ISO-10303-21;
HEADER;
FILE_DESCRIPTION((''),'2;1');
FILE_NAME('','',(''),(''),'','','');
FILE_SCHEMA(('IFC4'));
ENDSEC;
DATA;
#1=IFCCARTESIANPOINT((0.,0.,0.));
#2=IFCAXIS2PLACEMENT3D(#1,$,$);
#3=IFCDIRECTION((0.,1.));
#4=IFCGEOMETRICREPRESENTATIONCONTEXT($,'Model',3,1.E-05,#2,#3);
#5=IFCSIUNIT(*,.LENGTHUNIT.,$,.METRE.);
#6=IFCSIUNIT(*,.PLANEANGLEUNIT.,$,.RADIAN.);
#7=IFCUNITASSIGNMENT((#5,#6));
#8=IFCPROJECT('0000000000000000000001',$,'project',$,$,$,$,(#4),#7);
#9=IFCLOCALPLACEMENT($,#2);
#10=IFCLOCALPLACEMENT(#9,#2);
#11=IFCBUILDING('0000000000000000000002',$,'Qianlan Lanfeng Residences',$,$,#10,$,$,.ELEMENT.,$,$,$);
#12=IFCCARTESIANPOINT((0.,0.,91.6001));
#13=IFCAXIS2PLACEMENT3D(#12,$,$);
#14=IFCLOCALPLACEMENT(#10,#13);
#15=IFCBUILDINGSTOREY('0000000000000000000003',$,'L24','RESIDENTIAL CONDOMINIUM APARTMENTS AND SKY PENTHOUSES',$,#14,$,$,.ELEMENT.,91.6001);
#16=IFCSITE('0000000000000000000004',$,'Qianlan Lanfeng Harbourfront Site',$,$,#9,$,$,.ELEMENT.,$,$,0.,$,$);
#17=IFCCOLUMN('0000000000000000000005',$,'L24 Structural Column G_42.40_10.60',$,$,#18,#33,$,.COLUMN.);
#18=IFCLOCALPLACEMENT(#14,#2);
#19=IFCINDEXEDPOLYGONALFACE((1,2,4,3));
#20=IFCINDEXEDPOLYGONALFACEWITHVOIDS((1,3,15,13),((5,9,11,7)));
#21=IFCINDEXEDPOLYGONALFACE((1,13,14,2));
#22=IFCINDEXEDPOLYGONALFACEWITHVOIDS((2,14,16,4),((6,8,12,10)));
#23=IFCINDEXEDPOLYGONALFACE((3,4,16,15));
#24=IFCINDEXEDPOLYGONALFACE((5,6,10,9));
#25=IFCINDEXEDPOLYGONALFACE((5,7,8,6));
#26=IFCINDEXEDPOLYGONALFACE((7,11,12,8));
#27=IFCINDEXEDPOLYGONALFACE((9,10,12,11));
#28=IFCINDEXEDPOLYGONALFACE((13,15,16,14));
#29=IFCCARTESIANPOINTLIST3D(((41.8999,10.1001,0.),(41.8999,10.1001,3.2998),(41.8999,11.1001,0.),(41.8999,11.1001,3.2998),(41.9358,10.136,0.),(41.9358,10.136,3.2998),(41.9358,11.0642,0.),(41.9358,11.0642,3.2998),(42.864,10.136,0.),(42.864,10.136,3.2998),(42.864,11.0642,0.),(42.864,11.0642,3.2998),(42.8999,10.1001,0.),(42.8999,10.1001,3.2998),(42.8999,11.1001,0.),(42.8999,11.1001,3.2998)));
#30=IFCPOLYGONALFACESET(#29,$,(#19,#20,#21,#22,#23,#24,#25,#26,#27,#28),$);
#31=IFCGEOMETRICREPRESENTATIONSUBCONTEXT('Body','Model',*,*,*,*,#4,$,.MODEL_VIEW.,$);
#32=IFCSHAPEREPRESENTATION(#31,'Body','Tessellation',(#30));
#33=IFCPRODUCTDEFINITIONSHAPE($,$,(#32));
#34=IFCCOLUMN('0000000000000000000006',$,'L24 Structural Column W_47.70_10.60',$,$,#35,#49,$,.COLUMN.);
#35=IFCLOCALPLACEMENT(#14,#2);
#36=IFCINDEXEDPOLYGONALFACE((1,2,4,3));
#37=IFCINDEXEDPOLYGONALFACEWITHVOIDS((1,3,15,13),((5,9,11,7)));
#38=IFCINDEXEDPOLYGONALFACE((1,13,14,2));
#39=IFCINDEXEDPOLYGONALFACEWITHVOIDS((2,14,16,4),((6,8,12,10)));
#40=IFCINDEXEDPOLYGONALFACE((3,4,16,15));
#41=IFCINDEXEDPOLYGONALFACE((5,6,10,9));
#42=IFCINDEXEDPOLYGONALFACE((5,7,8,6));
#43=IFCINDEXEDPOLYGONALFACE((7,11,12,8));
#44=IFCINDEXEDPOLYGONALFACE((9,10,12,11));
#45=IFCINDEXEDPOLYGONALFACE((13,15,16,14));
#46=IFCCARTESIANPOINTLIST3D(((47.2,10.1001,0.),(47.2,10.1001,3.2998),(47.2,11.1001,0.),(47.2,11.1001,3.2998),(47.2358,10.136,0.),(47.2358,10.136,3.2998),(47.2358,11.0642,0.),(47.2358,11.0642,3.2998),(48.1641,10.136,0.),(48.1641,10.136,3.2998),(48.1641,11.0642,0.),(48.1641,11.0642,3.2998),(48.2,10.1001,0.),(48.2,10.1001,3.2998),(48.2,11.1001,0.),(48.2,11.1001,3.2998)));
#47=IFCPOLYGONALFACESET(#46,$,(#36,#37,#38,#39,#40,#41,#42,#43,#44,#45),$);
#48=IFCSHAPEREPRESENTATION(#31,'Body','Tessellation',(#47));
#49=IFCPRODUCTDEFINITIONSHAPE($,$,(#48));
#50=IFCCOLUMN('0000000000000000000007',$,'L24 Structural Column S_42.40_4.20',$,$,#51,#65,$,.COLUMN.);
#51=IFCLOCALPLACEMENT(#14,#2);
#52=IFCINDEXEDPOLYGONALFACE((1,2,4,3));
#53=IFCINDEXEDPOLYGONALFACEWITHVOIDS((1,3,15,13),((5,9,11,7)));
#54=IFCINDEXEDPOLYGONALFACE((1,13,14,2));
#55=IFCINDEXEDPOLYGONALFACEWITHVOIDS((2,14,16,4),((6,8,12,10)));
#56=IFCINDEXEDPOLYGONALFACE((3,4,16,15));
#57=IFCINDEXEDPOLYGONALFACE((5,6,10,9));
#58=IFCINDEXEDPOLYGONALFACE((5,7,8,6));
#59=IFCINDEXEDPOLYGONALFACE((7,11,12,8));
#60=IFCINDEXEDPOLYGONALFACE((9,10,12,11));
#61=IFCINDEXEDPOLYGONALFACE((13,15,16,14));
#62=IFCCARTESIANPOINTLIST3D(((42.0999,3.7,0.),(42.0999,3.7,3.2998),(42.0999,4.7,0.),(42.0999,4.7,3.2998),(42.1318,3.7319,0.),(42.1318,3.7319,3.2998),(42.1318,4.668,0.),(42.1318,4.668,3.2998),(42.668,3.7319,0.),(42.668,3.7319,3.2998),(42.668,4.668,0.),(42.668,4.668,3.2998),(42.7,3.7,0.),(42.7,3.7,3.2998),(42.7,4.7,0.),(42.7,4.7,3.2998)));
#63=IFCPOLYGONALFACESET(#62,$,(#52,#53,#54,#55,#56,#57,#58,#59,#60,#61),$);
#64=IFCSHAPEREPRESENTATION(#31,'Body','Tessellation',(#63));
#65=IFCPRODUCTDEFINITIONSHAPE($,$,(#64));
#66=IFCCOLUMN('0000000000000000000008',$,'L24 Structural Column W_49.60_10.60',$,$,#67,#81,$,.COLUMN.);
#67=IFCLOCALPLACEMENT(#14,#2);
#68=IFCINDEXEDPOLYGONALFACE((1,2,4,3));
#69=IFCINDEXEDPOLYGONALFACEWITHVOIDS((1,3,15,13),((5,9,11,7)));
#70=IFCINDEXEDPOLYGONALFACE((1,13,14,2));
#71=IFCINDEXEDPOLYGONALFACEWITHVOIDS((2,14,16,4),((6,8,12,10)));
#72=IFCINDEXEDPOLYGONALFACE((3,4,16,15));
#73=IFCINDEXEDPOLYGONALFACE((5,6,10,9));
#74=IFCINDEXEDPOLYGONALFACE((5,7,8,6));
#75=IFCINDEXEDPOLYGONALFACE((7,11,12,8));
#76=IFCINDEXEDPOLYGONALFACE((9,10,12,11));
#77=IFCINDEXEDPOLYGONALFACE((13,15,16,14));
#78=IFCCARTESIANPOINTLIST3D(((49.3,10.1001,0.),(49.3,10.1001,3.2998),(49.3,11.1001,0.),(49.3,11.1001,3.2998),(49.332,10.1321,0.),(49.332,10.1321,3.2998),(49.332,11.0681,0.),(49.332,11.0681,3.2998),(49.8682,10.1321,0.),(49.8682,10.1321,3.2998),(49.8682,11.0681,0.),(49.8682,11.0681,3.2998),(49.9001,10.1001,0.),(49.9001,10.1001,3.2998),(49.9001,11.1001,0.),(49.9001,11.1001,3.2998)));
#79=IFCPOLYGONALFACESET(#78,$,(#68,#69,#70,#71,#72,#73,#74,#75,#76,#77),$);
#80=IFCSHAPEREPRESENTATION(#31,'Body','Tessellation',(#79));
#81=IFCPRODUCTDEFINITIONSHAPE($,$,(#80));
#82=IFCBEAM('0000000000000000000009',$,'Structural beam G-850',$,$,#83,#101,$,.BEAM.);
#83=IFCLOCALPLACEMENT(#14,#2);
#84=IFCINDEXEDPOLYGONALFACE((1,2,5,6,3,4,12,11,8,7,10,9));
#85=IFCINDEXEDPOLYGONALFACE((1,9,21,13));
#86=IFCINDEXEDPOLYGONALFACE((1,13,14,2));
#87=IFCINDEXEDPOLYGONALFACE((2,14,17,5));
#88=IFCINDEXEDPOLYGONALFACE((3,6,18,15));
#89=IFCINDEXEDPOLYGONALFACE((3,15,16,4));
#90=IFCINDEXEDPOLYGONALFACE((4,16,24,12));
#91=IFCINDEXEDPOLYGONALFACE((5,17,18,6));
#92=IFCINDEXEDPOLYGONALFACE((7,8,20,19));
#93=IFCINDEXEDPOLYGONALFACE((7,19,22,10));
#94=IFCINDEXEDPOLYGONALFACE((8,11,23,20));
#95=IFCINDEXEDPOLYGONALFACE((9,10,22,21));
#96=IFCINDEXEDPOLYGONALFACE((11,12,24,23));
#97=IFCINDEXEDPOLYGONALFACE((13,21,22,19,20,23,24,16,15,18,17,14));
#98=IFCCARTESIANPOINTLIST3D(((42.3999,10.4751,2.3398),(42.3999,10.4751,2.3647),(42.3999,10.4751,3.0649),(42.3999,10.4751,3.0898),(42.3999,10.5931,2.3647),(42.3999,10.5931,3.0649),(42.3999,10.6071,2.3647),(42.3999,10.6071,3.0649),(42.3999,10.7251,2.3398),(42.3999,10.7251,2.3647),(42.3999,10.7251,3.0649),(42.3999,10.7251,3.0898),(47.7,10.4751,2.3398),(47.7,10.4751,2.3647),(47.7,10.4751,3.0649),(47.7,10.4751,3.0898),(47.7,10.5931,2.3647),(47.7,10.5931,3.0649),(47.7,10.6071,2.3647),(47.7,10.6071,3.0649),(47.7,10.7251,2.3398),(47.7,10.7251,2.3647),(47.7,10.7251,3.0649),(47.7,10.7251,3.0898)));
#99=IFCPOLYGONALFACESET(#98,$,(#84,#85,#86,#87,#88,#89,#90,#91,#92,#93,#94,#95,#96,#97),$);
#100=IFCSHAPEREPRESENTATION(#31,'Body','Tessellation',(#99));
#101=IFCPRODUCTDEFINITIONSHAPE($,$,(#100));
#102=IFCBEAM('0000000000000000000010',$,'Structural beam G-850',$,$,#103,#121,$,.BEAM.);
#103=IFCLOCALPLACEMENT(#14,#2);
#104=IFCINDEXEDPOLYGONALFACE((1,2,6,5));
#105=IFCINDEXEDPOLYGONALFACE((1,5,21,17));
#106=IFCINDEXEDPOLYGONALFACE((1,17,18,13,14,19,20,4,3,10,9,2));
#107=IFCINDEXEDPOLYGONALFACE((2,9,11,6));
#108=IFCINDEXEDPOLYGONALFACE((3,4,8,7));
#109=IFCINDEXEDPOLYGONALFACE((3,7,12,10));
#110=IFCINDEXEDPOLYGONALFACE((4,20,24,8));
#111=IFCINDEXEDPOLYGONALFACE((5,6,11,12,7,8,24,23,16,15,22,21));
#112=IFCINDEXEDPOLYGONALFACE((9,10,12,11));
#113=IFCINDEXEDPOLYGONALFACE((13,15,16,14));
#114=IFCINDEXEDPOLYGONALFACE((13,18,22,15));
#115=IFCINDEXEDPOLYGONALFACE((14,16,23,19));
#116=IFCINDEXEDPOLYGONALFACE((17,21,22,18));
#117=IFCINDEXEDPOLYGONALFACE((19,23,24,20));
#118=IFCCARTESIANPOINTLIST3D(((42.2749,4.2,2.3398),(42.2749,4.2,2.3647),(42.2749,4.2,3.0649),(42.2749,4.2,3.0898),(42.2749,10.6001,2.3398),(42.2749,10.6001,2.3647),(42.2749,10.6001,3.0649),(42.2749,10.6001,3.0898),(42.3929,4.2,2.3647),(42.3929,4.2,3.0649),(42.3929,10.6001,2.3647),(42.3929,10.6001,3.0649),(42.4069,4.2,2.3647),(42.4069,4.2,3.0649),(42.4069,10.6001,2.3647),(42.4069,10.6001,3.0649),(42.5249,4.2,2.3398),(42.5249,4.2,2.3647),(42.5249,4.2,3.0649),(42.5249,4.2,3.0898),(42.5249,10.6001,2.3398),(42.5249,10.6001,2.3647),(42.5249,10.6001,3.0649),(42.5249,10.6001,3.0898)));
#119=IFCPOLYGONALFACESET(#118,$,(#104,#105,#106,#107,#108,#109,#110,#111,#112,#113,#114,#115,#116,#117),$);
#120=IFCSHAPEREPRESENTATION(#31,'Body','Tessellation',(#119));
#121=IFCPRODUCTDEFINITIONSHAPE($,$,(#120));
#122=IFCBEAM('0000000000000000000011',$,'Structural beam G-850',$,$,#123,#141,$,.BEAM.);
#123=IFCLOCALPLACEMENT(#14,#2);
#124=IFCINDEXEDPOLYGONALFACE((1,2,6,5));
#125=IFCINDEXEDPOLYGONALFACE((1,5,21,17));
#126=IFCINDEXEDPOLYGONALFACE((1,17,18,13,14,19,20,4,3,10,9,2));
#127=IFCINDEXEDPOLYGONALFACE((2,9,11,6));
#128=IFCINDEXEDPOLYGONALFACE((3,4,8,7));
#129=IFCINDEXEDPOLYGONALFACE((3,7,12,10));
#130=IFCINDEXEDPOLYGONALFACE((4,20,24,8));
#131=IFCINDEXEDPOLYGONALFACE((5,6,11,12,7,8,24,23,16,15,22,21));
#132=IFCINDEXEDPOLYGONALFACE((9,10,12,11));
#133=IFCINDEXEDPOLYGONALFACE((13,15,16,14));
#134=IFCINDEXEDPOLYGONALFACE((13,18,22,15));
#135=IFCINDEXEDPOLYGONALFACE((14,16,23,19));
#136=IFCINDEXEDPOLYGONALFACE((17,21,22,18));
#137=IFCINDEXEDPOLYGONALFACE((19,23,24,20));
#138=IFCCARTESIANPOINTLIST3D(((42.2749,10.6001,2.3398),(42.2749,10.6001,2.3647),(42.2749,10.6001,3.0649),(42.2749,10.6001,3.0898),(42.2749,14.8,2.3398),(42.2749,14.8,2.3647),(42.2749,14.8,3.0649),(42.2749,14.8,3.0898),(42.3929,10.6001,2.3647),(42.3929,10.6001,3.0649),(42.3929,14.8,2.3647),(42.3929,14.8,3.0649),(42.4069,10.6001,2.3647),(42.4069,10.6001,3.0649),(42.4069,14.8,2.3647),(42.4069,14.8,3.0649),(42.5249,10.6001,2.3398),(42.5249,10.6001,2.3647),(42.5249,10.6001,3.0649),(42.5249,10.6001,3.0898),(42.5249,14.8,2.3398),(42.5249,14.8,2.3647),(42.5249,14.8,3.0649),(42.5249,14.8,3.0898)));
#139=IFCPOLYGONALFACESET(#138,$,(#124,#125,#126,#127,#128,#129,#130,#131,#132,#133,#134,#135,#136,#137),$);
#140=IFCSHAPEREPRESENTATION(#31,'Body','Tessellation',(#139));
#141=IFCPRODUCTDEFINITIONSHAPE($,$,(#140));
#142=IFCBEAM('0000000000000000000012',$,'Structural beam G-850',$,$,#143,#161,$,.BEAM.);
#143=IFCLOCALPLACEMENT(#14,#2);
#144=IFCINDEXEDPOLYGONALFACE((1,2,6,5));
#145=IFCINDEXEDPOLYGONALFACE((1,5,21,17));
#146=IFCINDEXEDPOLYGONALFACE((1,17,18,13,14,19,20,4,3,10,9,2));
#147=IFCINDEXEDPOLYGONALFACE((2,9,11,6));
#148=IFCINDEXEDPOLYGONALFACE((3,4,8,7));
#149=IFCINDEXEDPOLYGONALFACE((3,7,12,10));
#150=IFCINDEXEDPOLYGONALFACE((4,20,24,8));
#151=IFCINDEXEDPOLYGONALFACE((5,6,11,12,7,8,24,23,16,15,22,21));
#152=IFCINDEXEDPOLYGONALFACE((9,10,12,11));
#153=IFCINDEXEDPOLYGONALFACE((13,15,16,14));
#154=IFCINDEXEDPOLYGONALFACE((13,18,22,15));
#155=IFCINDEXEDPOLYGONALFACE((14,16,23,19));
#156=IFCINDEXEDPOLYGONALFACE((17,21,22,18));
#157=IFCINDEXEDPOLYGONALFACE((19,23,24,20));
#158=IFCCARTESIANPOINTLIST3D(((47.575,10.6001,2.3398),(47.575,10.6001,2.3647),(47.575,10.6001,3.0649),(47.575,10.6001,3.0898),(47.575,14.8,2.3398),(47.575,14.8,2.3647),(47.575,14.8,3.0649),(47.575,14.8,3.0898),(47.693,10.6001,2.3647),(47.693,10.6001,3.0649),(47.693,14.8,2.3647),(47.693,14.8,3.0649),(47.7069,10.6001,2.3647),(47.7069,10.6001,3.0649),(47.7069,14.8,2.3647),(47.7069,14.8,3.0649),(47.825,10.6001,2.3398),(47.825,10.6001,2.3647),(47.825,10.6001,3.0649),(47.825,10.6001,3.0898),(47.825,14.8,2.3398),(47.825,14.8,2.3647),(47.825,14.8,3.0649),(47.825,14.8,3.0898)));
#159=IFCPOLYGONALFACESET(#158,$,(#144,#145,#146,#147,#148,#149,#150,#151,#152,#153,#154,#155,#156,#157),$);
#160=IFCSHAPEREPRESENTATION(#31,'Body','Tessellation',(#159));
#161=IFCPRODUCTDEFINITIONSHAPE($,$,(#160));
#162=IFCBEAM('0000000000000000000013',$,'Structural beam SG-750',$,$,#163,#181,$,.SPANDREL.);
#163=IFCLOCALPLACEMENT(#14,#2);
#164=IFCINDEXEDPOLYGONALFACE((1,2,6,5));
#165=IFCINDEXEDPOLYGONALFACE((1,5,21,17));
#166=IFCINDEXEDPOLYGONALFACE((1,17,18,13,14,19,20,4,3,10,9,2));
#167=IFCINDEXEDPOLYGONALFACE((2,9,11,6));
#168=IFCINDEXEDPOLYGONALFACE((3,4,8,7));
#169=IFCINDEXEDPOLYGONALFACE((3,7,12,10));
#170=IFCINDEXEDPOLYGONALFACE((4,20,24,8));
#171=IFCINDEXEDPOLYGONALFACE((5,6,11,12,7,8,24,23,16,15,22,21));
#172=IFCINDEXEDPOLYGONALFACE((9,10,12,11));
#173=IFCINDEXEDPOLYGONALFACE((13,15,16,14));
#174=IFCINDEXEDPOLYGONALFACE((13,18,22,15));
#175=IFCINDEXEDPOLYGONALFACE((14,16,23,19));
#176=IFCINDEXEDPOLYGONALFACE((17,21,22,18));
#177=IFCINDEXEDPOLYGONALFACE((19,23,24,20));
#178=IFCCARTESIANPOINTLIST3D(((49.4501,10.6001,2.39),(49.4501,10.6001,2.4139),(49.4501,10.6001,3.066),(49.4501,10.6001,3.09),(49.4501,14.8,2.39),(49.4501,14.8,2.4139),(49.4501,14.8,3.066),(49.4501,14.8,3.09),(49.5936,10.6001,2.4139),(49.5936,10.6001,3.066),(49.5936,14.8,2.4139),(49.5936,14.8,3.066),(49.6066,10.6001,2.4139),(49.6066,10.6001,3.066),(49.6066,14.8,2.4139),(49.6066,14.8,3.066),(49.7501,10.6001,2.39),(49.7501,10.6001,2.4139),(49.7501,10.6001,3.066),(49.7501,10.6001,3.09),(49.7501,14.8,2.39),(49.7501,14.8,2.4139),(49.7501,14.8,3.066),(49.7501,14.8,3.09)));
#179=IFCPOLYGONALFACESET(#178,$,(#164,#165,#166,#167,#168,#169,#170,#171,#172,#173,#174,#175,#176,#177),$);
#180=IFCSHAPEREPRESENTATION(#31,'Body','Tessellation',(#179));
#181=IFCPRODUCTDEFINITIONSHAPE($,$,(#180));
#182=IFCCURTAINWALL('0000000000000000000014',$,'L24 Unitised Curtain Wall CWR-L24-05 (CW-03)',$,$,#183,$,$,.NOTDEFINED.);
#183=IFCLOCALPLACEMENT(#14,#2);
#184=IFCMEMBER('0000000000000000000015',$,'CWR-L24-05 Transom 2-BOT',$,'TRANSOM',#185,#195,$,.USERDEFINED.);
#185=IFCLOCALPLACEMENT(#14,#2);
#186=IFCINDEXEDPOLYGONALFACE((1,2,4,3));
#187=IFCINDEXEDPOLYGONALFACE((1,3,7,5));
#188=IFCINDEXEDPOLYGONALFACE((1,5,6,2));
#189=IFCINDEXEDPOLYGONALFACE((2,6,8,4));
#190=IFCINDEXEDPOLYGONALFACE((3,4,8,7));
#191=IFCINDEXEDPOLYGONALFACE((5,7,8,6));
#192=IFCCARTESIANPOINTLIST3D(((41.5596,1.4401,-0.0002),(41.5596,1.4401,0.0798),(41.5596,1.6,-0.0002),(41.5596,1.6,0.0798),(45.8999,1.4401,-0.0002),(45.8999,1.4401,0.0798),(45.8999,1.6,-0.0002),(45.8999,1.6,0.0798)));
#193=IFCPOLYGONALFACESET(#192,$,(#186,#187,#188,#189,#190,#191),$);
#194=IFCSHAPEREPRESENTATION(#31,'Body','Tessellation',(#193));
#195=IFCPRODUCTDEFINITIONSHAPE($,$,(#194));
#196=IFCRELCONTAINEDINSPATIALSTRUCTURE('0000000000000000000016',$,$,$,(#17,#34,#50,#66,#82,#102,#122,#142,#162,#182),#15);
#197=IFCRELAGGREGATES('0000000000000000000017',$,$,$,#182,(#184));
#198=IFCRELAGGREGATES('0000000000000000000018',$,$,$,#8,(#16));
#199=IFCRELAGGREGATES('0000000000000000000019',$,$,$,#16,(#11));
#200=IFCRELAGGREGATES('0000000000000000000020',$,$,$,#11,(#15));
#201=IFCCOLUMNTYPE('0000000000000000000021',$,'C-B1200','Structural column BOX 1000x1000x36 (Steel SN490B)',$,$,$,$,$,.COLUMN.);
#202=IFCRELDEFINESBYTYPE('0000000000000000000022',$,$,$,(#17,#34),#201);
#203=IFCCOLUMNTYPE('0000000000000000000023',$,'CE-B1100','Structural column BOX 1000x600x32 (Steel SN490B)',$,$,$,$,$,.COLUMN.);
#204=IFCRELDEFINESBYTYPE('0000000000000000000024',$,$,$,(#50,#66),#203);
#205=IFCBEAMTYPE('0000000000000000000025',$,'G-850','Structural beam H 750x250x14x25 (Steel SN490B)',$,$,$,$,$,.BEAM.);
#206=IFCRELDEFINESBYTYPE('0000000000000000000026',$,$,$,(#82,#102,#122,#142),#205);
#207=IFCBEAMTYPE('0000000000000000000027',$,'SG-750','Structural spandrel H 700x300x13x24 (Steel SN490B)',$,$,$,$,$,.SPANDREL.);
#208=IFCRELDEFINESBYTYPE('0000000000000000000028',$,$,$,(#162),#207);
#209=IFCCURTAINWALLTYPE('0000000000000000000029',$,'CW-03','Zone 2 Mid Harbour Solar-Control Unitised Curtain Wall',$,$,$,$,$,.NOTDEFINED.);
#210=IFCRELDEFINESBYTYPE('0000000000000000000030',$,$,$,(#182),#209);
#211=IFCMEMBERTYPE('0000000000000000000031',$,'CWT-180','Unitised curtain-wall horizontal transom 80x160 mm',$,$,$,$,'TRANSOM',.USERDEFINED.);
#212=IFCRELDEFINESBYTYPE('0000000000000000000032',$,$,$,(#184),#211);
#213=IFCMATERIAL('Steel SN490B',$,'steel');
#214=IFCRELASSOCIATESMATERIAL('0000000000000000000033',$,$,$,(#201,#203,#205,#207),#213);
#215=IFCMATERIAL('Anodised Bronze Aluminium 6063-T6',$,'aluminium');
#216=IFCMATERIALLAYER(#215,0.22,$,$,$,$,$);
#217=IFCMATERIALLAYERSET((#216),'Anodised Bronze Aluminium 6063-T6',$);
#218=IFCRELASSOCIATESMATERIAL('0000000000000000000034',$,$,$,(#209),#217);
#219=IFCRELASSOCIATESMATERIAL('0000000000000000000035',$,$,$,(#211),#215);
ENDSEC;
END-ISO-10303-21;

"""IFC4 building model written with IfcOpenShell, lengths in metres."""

from ifc_helpers import new_model, si_unit, direction, frame, origin, origin_2d, place, context, subcontext, project, spatial, rectangle, hollow_rectangle, i_section, extrude, source, transform, mapped, material, layer, layer_set, material_profile, profile_set, type_object, element, aggregate, save


model = new_model("IFC4")

# Units and contexts
model_context = context("Model", 3, precision=1e-05, world=origin(), true_north=direction((0.0, 1.0)))
body_context = subcontext(model_context, "Body", "Model", "MODEL_VIEW")
ifc_project = project(units=[si_unit("LENGTHUNIT", "METRE"), si_unit("PLANEANGLEUNIT", "RADIAN")], contexts=[model_context])

# Site, building, storey
site_placement = place(None, origin())
site = spatial("IfcSite", under=ifc_project, at=site_placement, Name="Qianlan Lanfeng Harbourfront Site", CompositionType="ELEMENT", RefElevation=0.0)
building_placement = place(site_placement, origin())
building = spatial("IfcBuilding", under=site, at=building_placement, Name="Qianlan Lanfeng Residences", CompositionType="ELEMENT")
storey_placement = place(building_placement, frame((0.0, 0.0, 91.6001)))
storey = spatial("IfcBuildingStorey", under=building, at=storey_placement, Name="L24", Description="RESIDENTIAL CONDOMINIUM APARTMENTS AND SKY PENTHOUSES", CompositionType="ELEMENT", Elevation=91.6001)

# Columns
ifc_material_1 = material(Name="Steel SN490B", Category="steel")
ifc_material_profile_1 = material_profile(ifc_material_1, hollow_rectangle(XDim=1.0, YDim=1.0, WallThickness=0.0359, at=origin_2d()), Name="BOX 1000x1000x36")
ifc_profile_set_1 = profile_set([ifc_material_profile_1], Name="Steel SN490B")
column_type_1 = type_object("IfcColumnType", Name="C-B1200", Description="Structural column BOX 1000x1000x36 (Steel SN490B)", PredefinedType="COLUMN", material=ifc_profile_set_1)
for number, where, z_axis, x_axis, name in (
    (1, (42.3999, 10.6001, 0.0), (0.0, 0.0, 1.0), (1.0, 0.0, 0.0), "L24 Structural Column G_42.40_10.60"),
    (2, (47.7, 10.6001, 0.0), (0.0, 0.0, 1.0), (1.0, 0.0, 0.0), "L24 Structural Column W_47.70_10.60"),
):
    element("IfcColumn", number, at=place(storey_placement, frame(where, z_axis=z_axis, x_axis=x_axis)), inside=storey, type_object=column_type_1, Name=name, PredefinedType="COLUMN", context=body_context, shape_type="SweptSolid", body=[
        extrude(hollow_rectangle(XDim=1.0, YDim=1.0, WallThickness=0.0359, at=origin_2d()), origin(), (0.0, 0.0, 1.0), 3.2998),
    ])
ifc_material_profile_2 = material_profile(ifc_material_1, hollow_rectangle(XDim=0.6001, YDim=1.0, WallThickness=0.032, at=origin_2d()), Name="BOX 1000x600x32")
ifc_profile_set_2 = profile_set([ifc_material_profile_2], Name="Steel SN490B")
column_type_2 = type_object("IfcColumnType", Name="CE-B1100", Description="Structural column BOX 1000x600x32 (Steel SN490B)", PredefinedType="COLUMN", material=ifc_profile_set_2)
for number, where, z_axis, x_axis, name in (
    (3, (42.3999, 4.2, 0.0), (0.0, 0.0, 1.0), (1.0, 0.0, 0.0), "L24 Structural Column S_42.40_4.20"),
    (4, (49.6001, 10.6001, 0.0), (0.0, 0.0, 1.0), (1.0, 0.0, 0.0), "L24 Structural Column W_49.60_10.60"),
):
    element("IfcColumn", number, at=place(storey_placement, frame(where, z_axis=z_axis, x_axis=x_axis)), inside=storey, type_object=column_type_2, Name=name, PredefinedType="COLUMN", context=body_context, shape_type="SweptSolid", body=[
        extrude(hollow_rectangle(XDim=0.6001, YDim=1.0, WallThickness=0.032, at=origin_2d()), origin(), (0.0, 0.0, 1.0), 3.2998),
    ])

# Beams
ifc_material_profile_3 = material_profile(ifc_material_1, i_section(OverallWidth=0.25, OverallDepth=0.75, WebThickness=0.0139, FlangeThickness=0.0249, at=origin_2d()), Name="H 750x250x14x25")
ifc_profile_set_3 = profile_set([ifc_material_profile_3], Name="Steel SN490B")
beam_type_1 = type_object("IfcBeamType", Name="G-850", Description="Structural beam H 750x250x14x25 (Steel SN490B)", PredefinedType="BEAM", material=ifc_profile_set_3)
beam_1_placement = place(storey_placement, frame((42.3999, 10.6001, 2.7148), z_axis=(1.0, 0.0, 0.0), x_axis=(0.0, 1.0, 0.0)))
element("IfcBeam", 5, at=beam_1_placement, inside=storey, type_object=beam_type_1, Name="Structural beam G-850", PredefinedType="BEAM", context=body_context, shape_type="SweptSolid", body=[
    extrude(i_section(OverallWidth=0.25, OverallDepth=0.75, WebThickness=0.0139, FlangeThickness=0.0249, at=origin_2d()), origin(), (0.0, 0.0, 1.0), 5.3),
])
beam_2_placement = place(storey_placement, frame((42.3999, 4.2, 2.7148), z_axis=(0.0, 1.0, 0.0), x_axis=(-1.0, 0.0, 0.0)))
element("IfcBeam", 6, at=beam_2_placement, inside=storey, type_object=beam_type_1, Name="Structural beam G-850", PredefinedType="BEAM", context=body_context, shape_type="SweptSolid", body=[
    extrude(i_section(OverallWidth=0.25, OverallDepth=0.75, WebThickness=0.0139, FlangeThickness=0.0249, at=origin_2d()), origin(), (0.0, 0.0, 1.0), 6.4001),
])
for number, where, z_axis, x_axis, name in (
    (7, (42.3999, 10.6001, 2.7148), (0.0, 1.0, 0.0), (-1.0, 0.0, 0.0), "Structural beam G-850"),
    (8, (47.7, 10.6001, 2.7148), (0.0, 1.0, 0.0), (-1.0, 0.0, 0.0), "Structural beam G-850"),
):
    element("IfcBeam", number, at=place(storey_placement, frame(where, z_axis=z_axis, x_axis=x_axis)), inside=storey, type_object=beam_type_1, Name=name, PredefinedType="BEAM", context=body_context, shape_type="SweptSolid", body=[
        extrude(i_section(OverallWidth=0.25, OverallDepth=0.75, WebThickness=0.0139, FlangeThickness=0.0249, at=origin_2d()), origin(), (0.0, 0.0, 1.0), 4.2),
    ])
ifc_material_profile_4 = material_profile(ifc_material_1, i_section(OverallWidth=0.3, OverallDepth=0.7, WebThickness=0.0129, FlangeThickness=0.0239, at=origin_2d()), Name="H 700x300x13x24")
ifc_profile_set_4 = profile_set([ifc_material_profile_4], Name="Steel SN490B")
beam_type_2 = type_object("IfcBeamType", Name="SG-750", Description="Structural spandrel H 700x300x13x24 (Steel SN490B)", PredefinedType="SPANDREL", material=ifc_profile_set_4)
beam_3_placement = place(storey_placement, frame((49.6001, 10.6001, 2.74), z_axis=(0.0, 1.0, 0.0), x_axis=(-1.0, 0.0, 0.0)))
element("IfcBeam", 9, at=beam_3_placement, inside=storey, type_object=beam_type_2, Name="Structural beam SG-750", PredefinedType="SPANDREL", context=body_context, shape_type="SweptSolid", body=[
    extrude(i_section(OverallWidth=0.3, OverallDepth=0.7, WebThickness=0.0129, FlangeThickness=0.0239, at=origin_2d()), origin(), (0.0, 0.0, 1.0), 4.2),
])

# Curtain wall, member
ifc_material_2 = material(Name="Anodised Bronze Aluminium 6063-T6", Category="aluminium")
ifc_layer_1 = layer(ifc_material_2, 0.22)
ifc_layer_set_1 = layer_set([ifc_layer_1], Name="Anodised Bronze Aluminium 6063-T6")
curtain_wall_type = type_object("IfcCurtainWallType", Name="CW-03", Description="Zone 2 Mid Harbour Solar-Control Unitised Curtain Wall", PredefinedType="NOTDEFINED", material=ifc_layer_set_1)
curtain_wall_placement = place(storey_placement, origin())
curtain_wall = element("IfcCurtainWall", 10, at=curtain_wall_placement, inside=storey, type_object=curtain_wall_type, Name="L24 Unitised Curtain Wall CWR-L24-05 (CW-03)", PredefinedType="NOTDEFINED")
ifc_material_profile_5 = material_profile(ifc_material_2, rectangle(XDim=0.0801, YDim=0.1599, at=origin_2d()), Name="ALU TRANSOM 80x160")
ifc_profile_set_5 = profile_set([ifc_material_profile_5], Name="Anodised Bronze Aluminium 6063-T6")
member_type_1 = type_object("IfcMemberType", Name="CWT-180", Description="Unitised curtain-wall horizontal transom 80x160 mm", ElementType="TRANSOM", PredefinedType="USERDEFINED", material=ifc_profile_set_5)
shared_shape_1 = source(origin(), body_context, "Body", "SweptSolid", [
    extrude(rectangle(XDim=0.0801, YDim=0.1599, at=origin_2d()), origin(), (0.0, 0.0, 1.0), 4.3403),
])
member_1_placement = place(storey_placement, frame((41.5596, 1.52, 0.0398), z_axis=(1.0, 0.0, 0.0), x_axis=(0.0, 0.0, 1.0)))
member_1 = element("IfcMember", 11, at=member_1_placement, type_object=member_type_1, Name="CWR-L24-05 Transom 2-BOT", ObjectType="TRANSOM", PredefinedType="USERDEFINED", context=body_context, shape_type="MappedRepresentation", body=[
    mapped(shared_shape_1, transform((0.0, 0.0, 0.0), scale=1.0)),
])
aggregate(curtain_wall, [member_1])

save(model, "model.ifc")
